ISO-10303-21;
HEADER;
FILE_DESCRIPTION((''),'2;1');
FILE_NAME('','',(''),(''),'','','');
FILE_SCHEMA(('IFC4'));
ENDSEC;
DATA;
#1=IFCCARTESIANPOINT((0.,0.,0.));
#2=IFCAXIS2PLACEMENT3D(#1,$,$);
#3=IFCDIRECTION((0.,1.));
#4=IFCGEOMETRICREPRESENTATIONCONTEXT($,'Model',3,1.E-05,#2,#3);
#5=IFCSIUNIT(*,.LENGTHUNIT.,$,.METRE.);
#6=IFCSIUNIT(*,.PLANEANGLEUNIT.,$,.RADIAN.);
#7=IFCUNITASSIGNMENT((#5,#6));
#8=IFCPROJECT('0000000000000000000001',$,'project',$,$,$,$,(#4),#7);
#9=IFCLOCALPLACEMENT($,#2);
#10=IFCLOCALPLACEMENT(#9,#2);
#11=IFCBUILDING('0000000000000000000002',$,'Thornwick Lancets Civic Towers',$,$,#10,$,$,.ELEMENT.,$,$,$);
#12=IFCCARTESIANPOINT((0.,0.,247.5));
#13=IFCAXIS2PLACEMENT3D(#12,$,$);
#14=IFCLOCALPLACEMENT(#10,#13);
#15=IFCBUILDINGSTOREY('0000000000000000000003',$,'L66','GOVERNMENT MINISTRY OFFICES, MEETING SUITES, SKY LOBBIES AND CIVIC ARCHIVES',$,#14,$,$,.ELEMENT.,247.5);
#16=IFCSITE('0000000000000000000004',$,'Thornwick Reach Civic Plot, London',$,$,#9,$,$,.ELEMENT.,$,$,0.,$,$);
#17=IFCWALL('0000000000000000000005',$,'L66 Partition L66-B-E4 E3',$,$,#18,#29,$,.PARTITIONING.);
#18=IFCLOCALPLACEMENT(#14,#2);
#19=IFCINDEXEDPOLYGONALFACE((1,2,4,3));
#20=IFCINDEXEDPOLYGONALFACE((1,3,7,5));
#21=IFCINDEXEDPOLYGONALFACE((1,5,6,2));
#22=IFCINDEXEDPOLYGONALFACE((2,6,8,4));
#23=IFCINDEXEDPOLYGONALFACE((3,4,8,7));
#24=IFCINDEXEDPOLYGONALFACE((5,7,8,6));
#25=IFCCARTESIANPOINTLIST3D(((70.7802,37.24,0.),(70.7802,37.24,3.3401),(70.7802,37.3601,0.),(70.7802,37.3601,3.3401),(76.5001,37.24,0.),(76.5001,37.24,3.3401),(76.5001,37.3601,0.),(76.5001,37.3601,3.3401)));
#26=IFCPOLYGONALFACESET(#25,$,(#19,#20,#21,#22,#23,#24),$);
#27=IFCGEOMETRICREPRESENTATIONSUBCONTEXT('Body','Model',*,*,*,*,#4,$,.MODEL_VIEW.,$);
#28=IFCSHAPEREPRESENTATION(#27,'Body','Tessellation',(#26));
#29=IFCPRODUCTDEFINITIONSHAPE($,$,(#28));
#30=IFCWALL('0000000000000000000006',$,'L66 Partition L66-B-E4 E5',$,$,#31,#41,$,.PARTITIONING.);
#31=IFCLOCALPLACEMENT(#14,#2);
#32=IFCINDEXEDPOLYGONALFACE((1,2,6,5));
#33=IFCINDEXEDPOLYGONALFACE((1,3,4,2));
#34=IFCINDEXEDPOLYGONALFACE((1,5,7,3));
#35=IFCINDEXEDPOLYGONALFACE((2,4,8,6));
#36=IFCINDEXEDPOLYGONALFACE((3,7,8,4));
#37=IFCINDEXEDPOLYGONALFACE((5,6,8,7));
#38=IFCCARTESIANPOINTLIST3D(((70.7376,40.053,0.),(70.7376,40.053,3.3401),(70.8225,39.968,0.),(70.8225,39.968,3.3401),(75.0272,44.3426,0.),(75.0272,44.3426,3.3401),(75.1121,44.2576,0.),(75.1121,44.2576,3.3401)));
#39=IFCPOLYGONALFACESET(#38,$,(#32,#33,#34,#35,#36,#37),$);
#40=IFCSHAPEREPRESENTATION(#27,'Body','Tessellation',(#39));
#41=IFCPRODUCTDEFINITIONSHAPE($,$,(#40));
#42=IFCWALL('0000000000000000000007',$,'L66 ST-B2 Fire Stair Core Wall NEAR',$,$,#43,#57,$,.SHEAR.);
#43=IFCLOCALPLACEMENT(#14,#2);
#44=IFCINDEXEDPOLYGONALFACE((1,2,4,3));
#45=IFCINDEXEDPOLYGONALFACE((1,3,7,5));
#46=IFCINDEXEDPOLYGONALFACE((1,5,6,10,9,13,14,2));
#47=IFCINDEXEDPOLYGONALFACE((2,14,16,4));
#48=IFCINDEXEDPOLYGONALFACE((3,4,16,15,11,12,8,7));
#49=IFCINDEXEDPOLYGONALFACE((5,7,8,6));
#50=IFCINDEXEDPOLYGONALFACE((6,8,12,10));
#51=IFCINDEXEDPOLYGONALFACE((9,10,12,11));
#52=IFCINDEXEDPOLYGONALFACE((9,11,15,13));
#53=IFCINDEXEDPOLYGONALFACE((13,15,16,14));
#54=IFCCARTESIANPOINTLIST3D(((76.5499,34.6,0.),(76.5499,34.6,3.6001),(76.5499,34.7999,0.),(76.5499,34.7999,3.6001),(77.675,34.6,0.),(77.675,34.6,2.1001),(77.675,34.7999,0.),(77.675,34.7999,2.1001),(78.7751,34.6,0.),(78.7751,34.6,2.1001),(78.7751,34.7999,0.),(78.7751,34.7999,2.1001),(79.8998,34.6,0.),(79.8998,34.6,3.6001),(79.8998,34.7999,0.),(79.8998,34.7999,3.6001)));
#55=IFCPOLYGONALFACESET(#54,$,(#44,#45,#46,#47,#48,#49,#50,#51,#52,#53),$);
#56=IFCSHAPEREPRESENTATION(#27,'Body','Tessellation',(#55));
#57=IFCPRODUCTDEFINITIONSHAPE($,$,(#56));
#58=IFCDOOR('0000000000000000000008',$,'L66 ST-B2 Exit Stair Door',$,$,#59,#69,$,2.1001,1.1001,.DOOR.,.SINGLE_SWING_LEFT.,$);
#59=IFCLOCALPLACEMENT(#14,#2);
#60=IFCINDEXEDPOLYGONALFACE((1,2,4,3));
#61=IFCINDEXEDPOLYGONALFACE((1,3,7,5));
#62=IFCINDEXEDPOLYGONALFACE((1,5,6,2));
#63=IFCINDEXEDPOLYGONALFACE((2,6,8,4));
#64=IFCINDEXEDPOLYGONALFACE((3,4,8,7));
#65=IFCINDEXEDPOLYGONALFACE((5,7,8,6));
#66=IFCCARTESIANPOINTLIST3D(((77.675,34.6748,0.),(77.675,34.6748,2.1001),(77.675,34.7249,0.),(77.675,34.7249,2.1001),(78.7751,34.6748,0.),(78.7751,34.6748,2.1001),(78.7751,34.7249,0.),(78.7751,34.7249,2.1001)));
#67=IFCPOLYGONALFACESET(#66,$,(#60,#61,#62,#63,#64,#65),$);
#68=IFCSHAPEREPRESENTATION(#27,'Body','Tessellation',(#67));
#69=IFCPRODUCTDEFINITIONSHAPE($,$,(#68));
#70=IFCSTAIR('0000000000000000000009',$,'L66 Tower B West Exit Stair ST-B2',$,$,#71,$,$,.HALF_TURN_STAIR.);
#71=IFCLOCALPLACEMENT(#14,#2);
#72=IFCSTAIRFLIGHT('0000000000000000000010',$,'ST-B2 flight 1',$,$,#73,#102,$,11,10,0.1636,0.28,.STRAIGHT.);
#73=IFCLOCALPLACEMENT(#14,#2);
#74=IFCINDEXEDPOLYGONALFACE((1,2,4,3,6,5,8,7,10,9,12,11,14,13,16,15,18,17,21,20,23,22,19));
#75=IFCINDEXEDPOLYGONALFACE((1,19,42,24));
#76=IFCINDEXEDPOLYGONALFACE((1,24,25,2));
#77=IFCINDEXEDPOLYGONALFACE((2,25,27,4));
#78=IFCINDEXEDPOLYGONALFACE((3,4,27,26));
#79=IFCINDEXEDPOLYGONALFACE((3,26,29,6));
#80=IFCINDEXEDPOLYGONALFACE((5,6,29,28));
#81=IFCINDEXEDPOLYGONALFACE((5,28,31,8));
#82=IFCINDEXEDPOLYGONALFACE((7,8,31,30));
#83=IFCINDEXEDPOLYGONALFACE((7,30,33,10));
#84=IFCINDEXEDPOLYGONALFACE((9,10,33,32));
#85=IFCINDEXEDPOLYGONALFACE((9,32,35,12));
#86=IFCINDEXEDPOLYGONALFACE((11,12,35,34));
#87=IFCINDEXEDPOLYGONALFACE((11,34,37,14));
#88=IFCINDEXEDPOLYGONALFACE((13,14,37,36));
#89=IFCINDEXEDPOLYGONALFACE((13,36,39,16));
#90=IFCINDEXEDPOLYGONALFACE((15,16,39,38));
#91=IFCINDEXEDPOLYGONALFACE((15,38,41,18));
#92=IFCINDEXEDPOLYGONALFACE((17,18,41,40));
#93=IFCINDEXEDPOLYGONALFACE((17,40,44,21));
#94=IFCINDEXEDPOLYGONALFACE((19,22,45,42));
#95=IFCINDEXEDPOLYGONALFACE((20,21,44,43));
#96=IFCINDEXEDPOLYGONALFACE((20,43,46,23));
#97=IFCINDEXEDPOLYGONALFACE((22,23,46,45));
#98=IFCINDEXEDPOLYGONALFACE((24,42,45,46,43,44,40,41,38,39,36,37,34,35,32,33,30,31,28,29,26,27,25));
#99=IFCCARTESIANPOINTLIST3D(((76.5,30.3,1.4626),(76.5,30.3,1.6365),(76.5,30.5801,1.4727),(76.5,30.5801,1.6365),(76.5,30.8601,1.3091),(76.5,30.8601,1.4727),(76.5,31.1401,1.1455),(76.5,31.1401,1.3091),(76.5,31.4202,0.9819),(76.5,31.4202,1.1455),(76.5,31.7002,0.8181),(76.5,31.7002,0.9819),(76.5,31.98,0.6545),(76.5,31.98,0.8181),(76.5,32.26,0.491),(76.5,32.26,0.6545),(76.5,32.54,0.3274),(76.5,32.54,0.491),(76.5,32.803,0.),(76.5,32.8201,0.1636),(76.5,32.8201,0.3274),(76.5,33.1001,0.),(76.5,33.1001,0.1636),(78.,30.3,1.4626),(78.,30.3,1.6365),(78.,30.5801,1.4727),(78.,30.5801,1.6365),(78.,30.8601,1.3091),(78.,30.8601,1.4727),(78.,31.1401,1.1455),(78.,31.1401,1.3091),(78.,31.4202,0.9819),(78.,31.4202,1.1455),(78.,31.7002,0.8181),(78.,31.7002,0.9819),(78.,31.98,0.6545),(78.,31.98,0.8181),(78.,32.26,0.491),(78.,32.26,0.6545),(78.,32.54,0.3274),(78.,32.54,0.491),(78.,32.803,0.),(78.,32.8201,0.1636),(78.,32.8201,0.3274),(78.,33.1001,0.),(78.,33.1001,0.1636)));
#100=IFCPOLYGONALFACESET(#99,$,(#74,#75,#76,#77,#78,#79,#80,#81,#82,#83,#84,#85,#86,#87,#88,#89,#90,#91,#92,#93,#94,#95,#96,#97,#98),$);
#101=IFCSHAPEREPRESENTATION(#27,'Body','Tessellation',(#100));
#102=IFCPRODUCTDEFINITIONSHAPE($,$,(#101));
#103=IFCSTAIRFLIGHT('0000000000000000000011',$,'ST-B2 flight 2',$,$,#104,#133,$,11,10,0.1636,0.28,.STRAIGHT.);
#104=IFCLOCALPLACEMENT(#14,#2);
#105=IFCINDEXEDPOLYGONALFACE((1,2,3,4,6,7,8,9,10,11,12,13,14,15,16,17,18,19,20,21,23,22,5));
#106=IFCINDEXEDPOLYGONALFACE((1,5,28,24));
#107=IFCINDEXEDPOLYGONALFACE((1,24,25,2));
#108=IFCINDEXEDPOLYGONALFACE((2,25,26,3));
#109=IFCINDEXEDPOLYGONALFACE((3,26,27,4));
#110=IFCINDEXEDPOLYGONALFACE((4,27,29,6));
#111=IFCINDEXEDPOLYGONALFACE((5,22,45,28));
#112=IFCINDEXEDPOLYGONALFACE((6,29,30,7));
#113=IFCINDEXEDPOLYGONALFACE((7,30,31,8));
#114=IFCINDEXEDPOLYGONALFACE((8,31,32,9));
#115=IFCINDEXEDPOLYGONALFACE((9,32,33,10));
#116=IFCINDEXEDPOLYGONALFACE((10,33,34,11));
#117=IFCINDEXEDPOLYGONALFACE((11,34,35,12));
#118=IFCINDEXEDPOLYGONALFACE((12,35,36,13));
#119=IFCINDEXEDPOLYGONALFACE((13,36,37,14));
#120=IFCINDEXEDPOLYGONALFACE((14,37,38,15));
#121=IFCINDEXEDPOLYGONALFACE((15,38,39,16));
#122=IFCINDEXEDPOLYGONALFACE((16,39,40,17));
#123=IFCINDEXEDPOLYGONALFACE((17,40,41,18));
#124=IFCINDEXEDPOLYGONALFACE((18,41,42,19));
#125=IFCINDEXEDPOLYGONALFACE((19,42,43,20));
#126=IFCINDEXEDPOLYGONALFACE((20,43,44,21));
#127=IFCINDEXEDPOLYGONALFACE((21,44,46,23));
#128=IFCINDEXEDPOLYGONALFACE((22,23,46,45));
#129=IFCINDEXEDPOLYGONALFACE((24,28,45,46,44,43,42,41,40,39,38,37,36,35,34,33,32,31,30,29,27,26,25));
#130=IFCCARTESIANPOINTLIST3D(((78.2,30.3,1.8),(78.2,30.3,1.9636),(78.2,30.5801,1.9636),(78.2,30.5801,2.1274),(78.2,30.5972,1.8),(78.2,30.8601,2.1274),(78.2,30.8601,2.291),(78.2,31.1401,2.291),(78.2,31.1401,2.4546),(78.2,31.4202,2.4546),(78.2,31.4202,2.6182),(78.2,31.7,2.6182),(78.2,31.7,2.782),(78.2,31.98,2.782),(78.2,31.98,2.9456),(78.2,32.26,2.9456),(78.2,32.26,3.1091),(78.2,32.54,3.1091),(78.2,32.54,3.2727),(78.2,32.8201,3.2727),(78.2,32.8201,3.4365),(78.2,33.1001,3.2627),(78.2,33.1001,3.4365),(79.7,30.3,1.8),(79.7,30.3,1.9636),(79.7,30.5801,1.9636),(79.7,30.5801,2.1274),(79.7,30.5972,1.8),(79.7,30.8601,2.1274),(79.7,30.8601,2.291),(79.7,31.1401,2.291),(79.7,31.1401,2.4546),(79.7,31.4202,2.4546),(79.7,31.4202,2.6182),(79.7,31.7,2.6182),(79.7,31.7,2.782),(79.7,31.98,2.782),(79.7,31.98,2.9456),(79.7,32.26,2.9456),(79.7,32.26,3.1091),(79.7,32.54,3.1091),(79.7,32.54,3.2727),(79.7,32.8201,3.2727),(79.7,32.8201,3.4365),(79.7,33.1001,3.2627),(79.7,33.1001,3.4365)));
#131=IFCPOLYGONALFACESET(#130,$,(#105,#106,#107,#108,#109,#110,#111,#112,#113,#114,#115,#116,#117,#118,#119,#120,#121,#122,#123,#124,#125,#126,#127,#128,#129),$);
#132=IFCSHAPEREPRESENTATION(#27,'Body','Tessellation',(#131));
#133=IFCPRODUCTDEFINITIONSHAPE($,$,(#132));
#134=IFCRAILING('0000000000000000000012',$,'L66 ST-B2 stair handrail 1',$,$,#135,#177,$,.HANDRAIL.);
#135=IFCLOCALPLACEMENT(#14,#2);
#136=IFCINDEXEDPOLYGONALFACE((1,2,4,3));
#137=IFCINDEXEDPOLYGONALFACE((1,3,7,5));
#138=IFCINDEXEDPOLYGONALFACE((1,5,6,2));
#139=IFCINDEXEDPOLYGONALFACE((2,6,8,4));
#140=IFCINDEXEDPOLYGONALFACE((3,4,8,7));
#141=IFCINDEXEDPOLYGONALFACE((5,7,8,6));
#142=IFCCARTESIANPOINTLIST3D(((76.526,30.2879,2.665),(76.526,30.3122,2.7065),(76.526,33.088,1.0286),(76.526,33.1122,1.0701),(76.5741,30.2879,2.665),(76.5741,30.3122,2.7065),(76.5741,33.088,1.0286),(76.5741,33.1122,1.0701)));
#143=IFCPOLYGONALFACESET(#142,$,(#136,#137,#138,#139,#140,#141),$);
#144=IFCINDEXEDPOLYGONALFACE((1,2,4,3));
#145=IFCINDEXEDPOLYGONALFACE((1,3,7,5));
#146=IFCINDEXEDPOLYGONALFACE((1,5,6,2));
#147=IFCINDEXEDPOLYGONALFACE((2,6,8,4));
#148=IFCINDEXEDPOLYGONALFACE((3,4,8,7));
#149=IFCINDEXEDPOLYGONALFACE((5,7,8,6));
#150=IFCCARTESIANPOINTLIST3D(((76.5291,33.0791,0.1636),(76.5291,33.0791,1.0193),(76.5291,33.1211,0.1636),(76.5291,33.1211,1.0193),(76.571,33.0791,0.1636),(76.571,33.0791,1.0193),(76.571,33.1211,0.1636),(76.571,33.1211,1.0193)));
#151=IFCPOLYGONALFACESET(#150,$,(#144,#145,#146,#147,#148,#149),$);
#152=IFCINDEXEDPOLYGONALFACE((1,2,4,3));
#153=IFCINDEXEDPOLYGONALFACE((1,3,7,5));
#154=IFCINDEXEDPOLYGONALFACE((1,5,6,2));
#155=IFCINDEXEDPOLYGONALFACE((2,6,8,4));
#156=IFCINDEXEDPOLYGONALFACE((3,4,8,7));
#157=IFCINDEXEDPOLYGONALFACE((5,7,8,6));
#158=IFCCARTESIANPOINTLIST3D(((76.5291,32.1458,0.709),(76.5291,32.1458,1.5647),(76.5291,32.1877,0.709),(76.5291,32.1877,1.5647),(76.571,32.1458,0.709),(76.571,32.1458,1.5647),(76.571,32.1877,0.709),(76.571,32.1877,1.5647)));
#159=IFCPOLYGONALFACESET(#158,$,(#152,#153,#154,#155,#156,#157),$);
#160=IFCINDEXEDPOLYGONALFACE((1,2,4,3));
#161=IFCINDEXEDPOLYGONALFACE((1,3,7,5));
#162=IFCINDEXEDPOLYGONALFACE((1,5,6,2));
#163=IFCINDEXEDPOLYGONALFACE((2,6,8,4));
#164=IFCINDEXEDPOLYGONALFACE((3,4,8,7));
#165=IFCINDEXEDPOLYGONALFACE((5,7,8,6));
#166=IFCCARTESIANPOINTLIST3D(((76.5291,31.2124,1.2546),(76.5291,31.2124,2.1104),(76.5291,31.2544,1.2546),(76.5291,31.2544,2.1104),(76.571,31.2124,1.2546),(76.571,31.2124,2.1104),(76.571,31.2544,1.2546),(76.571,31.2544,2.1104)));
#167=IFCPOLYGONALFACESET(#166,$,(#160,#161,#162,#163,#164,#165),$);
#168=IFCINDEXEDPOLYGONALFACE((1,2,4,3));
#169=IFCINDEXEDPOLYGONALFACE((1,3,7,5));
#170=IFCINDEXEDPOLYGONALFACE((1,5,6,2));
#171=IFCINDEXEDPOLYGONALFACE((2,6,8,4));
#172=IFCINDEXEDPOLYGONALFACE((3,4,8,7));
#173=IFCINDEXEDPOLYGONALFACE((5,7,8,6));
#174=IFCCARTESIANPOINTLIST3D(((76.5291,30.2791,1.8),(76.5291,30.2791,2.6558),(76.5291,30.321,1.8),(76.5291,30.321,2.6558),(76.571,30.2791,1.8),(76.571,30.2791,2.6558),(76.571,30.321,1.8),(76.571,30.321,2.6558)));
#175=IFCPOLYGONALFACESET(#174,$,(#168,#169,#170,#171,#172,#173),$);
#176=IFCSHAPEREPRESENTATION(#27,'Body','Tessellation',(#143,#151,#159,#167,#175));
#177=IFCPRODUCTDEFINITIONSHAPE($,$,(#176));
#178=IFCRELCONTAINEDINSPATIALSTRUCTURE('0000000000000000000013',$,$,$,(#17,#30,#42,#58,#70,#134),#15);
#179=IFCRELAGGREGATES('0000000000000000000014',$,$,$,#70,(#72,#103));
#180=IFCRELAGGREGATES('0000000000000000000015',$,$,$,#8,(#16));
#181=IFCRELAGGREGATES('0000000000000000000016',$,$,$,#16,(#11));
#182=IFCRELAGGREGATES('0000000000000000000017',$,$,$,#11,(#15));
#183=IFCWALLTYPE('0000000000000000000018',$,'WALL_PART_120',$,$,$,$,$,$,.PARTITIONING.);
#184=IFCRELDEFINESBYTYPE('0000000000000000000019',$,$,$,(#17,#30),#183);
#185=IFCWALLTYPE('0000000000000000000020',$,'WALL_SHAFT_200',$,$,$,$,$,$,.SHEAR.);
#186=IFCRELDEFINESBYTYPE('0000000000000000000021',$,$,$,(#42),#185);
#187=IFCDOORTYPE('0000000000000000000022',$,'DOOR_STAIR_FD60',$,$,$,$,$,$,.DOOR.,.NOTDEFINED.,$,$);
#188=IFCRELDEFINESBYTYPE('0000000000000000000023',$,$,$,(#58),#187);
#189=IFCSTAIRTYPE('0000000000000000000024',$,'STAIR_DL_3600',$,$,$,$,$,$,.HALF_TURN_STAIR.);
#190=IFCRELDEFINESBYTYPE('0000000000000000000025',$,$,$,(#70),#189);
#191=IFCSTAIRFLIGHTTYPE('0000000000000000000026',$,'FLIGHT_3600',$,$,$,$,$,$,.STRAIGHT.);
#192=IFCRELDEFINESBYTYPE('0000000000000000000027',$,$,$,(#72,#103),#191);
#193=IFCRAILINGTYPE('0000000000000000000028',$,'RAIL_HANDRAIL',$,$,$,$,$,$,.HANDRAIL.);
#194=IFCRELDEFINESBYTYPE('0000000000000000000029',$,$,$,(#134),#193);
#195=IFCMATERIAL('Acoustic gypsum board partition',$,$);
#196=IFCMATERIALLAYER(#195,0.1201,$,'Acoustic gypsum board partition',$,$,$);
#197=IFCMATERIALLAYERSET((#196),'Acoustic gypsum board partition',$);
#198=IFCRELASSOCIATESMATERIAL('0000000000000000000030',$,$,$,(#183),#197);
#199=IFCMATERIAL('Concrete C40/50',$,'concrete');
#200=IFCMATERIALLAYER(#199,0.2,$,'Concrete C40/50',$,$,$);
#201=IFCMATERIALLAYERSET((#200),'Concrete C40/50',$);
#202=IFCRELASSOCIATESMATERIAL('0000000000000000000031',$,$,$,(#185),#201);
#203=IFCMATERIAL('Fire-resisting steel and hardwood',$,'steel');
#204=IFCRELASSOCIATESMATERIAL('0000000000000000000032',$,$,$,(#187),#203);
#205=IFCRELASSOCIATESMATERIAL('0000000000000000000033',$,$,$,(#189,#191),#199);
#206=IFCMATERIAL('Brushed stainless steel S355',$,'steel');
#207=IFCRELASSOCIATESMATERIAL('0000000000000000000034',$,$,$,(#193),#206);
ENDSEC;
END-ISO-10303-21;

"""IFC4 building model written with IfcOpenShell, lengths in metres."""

from ifc_helpers import new_model, si_unit, direction, frame, frame_2d, origin, origin_2d, place, context, subcontext, project, spatial, polyline, rectangle, outline, extrude, material, layer, layer_set, type_object, element, fill, aggregate, save


model = new_model("IFC4")

# Units and contexts
model_context = context("Model", 3, precision=1e-05, world=origin(), true_north=direction((0.0, 1.0)))
body_context = subcontext(model_context, "Body", "Model", "MODEL_VIEW")
ifc_project = project(units=[si_unit("LENGTHUNIT", "METRE"), si_unit("PLANEANGLEUNIT", "RADIAN")], contexts=[model_context])

# Site, building, storey
site_placement = place(None, origin())
site = spatial("IfcSite", under=ifc_project, at=site_placement, Name="Thornwick Reach Civic Plot, London", CompositionType="ELEMENT", RefElevation=0.0)
building_placement = place(site_placement, origin())
building = spatial("IfcBuilding", under=site, at=building_placement, Name="Thornwick Lancets Civic Towers", CompositionType="ELEMENT")
storey_placement = place(building_placement, frame((0.0, 0.0, 247.5)))
storey = spatial("IfcBuildingStorey", under=building, at=storey_placement, Name="L66", Description="GOVERNMENT MINISTRY OFFICES, MEETING SUITES, SKY LOBBIES AND CIVIC ARCHIVES", CompositionType="ELEMENT", Elevation=247.5)

# Shared definitions
ifc_material_1 = material(Name="Concrete C40/50", Category="concrete")

# Walls
ifc_material_2 = material(Name="Acoustic gypsum board partition")
ifc_layer_1 = layer(ifc_material_2, 0.1201, Name="Acoustic gypsum board partition")
ifc_layer_set_1 = layer_set([ifc_layer_1], Name="Acoustic gypsum board partition")
wall_type_1 = type_object("IfcWallType", Name="WALL_PART_120", PredefinedType="PARTITIONING", material=ifc_layer_set_1)
wall_1_placement = place(storey_placement, frame((76.5, 37.3, 0.0), z_axis=(0.0, 0.0, 1.0), x_axis=(-1.0, 0.0, 0.0)))
element("IfcWall", 1, at=wall_1_placement, inside=storey, type_object=wall_type_1, Name="L66 Partition L66-B-E4 E3", PredefinedType="PARTITIONING", context=body_context, shape_type="SweptSolid", body=[
    extrude(rectangle(XDim=5.72, YDim=0.1201, at=frame_2d((2.8599, 0.0))), origin(), (0.0, 0.0, 1.0), 3.3401),
])
wall_2_placement = place(storey_placement, frame((70.78, 40.0105, 0.0), z_axis=(0.0, 0.0, 1.0), x_axis=(0.707107, 0.707107, 0.0)))
element("IfcWall", 2, at=wall_2_placement, inside=storey, type_object=wall_type_1, Name="L66 Partition L66-B-E4 E5", PredefinedType="PARTITIONING", context=body_context, shape_type="SweptSolid", body=[
    extrude(rectangle(XDim=6.0664, YDim=0.1201, at=frame_2d((3.0332, 0.0))), origin(), (0.0, 0.0, 1.0), 3.3401),
])

# Wall, opening, door
ifc_layer_2 = layer(ifc_material_1, 0.2, Name="Concrete C40/50")
ifc_layer_set_2 = layer_set([ifc_layer_2], Name="Concrete C40/50")
wall_type_2 = type_object("IfcWallType", Name="WALL_SHAFT_200", PredefinedType="SHEAR", material=ifc_layer_set_2)
wall_3_placement = place(storey_placement, frame((76.55, 34.7, 0.0), z_axis=(0.0, 0.0, 1.0), x_axis=(1.0, 0.0, 0.0)))
wall_3 = element("IfcWall", 3, at=wall_3_placement, inside=storey, type_object=wall_type_2, Name="L66 ST-B2 Fire Stair Core Wall NEAR", PredefinedType="SHEAR", context=body_context, shape_type="SweptSolid", body=[
    extrude(rectangle(XDim=3.3499, YDim=0.2, at=frame_2d((1.6748, 0.0))), origin(), (0.0, 0.0, 1.0), 3.6001),
])
opening_1_placement = place(wall_3_placement, frame((1.125, 0.0, 0.0)))
opening_1 = element("IfcOpeningElement", 4, at=opening_1_placement, cuts=wall_3, PredefinedType="OPENING", context=body_context, shape_type="SweptSolid", body=[
    extrude(rectangle(XDim=1.1001, YDim=2.1001, at=frame_2d((0.55, 1.05))), frame((0.0, 0.1099, 0.0), z_axis=(0.0, -1.0, 0.0), x_axis=(1.0, 0.0, 0.0)), (0.0, 0.0, 1.0), 0.22),
])
ifc_material_3 = material(Name="Fire-resisting steel and hardwood", Category="steel")
door_type = type_object("IfcDoorType", Name="DOOR_STAIR_FD60", OperationType="NOTDEFINED", PredefinedType="DOOR", material=ifc_material_3)
door_placement = place(opening_1_placement, origin())
door = element("IfcDoor", 5, at=door_placement, inside=storey, type_object=door_type, Name="L66 ST-B2 Exit Stair Door", OperationType="SINGLE_SWING_LEFT", OverallHeight=2.1001, OverallWidth=1.1001, PredefinedType="DOOR", context=body_context, shape_type="SweptSolid", body=[
    extrude(rectangle(XDim=1.1001, YDim=2.1001, at=frame_2d((0.55, 1.05))), frame((0.0, 0.0249, 0.0), z_axis=(0.0, -1.0, 0.0), x_axis=(1.0, 0.0, 0.0)), (0.0, 0.0, 1.0), 0.05),
])
fill(opening_1, door)

# Stair, stair flights
stair_type = type_object("IfcStairType", Name="STAIR_DL_3600", PredefinedType="HALF_TURN_STAIR", material=ifc_material_1)
stair_placement = place(storey_placement, origin())
stair = element("IfcStair", 6, at=stair_placement, inside=storey, type_object=stair_type, Name="L66 Tower B West Exit Stair ST-B2", PredefinedType="HALF_TURN_STAIR")
stair_flight_type = type_object("IfcStairFlightType", Name="FLIGHT_3600", PredefinedType="STRAIGHT", material=ifc_material_1)
stair_flight_1_placement = place(storey_placement, frame((77.25, 33.1001, 0.0), z_axis=(0.0, 0.0, 1.0), x_axis=(0.0, -1.0, 0.0)))
stair_flight_1 = element("IfcStairFlight", 7, at=stair_flight_1_placement, type_object=stair_flight_type, Name="ST-B2 flight 1", NumberOfRisers=11, NumberOfTreads=10, PredefinedType="STRAIGHT", RiserHeight=0.1636, TreadLength=0.28, context=body_context, shape_type="SweptSolid", body=[
    extrude(outline(polyline([(0.0, 0.0), (0.0, 0.1636), (0.28, 0.1636), (0.28, 0.3274), (0.5601, 0.3274), (0.5601, 0.491), (0.8401, 0.491), (0.8401, 0.6545), (1.1201, 0.6545), (1.1201, 0.8181), (1.3999, 0.8181), (1.3999, 0.9819), (1.6799, 0.9819), (1.6799, 1.1455), (1.96, 1.1455), (1.96, 1.3091), (2.24, 1.3091), (2.24, 1.4727), (2.52, 1.4727), (2.52, 1.6365), (2.8, 1.6365), (2.8, 1.8), (2.8, 1.4626), (0.2971, 0.0), (0.0, 0.0)])), frame((0.0, 0.75, 0.0), z_axis=(0.0, -1.0, 0.0), x_axis=(1.0, 0.0, 0.0)), (0.0, 0.0, 1.0), 1.5),
])
stair_flight_2_placement = place(storey_placement, frame((78.95, 30.3, 1.8), z_axis=(0.0, 0.0, 1.0), x_axis=(0.0, 1.0, 0.0)))
stair_flight_2 = element("IfcStairFlight", 8, at=stair_flight_2_placement, type_object=stair_flight_type, Name="ST-B2 flight 2", NumberOfRisers=11, NumberOfTreads=10, PredefinedType="STRAIGHT", RiserHeight=0.1636, TreadLength=0.28, context=body_context, shape_type="SweptSolid", body=[
    extrude(outline(polyline([(0.0, 0.0), (0.0, 0.1636), (0.28, 0.1636), (0.28, 0.3274), (0.5601, 0.3274), (0.5601, 0.491), (0.8401, 0.491), (0.8401, 0.6545), (1.1201, 0.6545), (1.1201, 0.8181), (1.3999, 0.8181), (1.3999, 0.9819), (1.6799, 0.9819), (1.6799, 1.1455), (1.96, 1.1455), (1.96, 1.3091), (2.24, 1.3091), (2.24, 1.4727), (2.52, 1.4727), (2.52, 1.6365), (2.8, 1.6365), (2.8, 1.8), (2.8, 1.4626), (0.2971, 0.0), (0.0, 0.0)])), frame((0.0, 0.75, 0.0), z_axis=(0.0, -1.0, 0.0), x_axis=(1.0, 0.0, 0.0)), (0.0, 0.0, 1.0), 1.5),
])
aggregate(stair, [stair_flight_1, stair_flight_2])

# Railing
ifc_material_4 = material(Name="Brushed stainless steel S355", Category="steel")
railing_type_1 = type_object("IfcRailingType", Name="RAIL_HANDRAIL", PredefinedType="HANDRAIL", material=ifc_material_4)
railing_1_placement = place(storey_placement, frame((76.55, 33.1001, 0.1636)))
element("IfcRailing", 9, at=railing_1_placement, inside=storey, type_object=railing_type_1, Name="L66 ST-B2 stair handrail 1", PredefinedType="HANDRAIL", context=body_context, shape_type="SweptSolid", body=[
    extrude(rectangle(XDim=0.0481, YDim=0.0481, at=origin_2d()), frame((0.0, 0.0, 0.8857), z_axis=(0.0, -0.863361, 0.504587), x_axis=(1.0, 0.0, 0.0)), (0.0, 0.0, 1.0), 3.2432),
    extrude(rectangle(XDim=0.042, YDim=0.042, at=origin_2d()), origin(), (0.0, 0.0, 1.0), 0.8557),
    extrude(rectangle(XDim=0.042, YDim=0.042, at=origin_2d()), frame((0.0, -0.9333, 0.5454)), (0.0, 0.0, 1.0), 0.8557),
    extrude(rectangle(XDim=0.042, YDim=0.042, at=origin_2d()), frame((0.0, -1.8667, 1.0911)), (0.0, 0.0, 1.0), 0.8557),
    extrude(rectangle(XDim=0.042, YDim=0.042, at=origin_2d()), frame((0.0, -2.8, 1.6365)), (0.0, 0.0, 1.0), 0.8557),
])

save(model, "model.ifc")
